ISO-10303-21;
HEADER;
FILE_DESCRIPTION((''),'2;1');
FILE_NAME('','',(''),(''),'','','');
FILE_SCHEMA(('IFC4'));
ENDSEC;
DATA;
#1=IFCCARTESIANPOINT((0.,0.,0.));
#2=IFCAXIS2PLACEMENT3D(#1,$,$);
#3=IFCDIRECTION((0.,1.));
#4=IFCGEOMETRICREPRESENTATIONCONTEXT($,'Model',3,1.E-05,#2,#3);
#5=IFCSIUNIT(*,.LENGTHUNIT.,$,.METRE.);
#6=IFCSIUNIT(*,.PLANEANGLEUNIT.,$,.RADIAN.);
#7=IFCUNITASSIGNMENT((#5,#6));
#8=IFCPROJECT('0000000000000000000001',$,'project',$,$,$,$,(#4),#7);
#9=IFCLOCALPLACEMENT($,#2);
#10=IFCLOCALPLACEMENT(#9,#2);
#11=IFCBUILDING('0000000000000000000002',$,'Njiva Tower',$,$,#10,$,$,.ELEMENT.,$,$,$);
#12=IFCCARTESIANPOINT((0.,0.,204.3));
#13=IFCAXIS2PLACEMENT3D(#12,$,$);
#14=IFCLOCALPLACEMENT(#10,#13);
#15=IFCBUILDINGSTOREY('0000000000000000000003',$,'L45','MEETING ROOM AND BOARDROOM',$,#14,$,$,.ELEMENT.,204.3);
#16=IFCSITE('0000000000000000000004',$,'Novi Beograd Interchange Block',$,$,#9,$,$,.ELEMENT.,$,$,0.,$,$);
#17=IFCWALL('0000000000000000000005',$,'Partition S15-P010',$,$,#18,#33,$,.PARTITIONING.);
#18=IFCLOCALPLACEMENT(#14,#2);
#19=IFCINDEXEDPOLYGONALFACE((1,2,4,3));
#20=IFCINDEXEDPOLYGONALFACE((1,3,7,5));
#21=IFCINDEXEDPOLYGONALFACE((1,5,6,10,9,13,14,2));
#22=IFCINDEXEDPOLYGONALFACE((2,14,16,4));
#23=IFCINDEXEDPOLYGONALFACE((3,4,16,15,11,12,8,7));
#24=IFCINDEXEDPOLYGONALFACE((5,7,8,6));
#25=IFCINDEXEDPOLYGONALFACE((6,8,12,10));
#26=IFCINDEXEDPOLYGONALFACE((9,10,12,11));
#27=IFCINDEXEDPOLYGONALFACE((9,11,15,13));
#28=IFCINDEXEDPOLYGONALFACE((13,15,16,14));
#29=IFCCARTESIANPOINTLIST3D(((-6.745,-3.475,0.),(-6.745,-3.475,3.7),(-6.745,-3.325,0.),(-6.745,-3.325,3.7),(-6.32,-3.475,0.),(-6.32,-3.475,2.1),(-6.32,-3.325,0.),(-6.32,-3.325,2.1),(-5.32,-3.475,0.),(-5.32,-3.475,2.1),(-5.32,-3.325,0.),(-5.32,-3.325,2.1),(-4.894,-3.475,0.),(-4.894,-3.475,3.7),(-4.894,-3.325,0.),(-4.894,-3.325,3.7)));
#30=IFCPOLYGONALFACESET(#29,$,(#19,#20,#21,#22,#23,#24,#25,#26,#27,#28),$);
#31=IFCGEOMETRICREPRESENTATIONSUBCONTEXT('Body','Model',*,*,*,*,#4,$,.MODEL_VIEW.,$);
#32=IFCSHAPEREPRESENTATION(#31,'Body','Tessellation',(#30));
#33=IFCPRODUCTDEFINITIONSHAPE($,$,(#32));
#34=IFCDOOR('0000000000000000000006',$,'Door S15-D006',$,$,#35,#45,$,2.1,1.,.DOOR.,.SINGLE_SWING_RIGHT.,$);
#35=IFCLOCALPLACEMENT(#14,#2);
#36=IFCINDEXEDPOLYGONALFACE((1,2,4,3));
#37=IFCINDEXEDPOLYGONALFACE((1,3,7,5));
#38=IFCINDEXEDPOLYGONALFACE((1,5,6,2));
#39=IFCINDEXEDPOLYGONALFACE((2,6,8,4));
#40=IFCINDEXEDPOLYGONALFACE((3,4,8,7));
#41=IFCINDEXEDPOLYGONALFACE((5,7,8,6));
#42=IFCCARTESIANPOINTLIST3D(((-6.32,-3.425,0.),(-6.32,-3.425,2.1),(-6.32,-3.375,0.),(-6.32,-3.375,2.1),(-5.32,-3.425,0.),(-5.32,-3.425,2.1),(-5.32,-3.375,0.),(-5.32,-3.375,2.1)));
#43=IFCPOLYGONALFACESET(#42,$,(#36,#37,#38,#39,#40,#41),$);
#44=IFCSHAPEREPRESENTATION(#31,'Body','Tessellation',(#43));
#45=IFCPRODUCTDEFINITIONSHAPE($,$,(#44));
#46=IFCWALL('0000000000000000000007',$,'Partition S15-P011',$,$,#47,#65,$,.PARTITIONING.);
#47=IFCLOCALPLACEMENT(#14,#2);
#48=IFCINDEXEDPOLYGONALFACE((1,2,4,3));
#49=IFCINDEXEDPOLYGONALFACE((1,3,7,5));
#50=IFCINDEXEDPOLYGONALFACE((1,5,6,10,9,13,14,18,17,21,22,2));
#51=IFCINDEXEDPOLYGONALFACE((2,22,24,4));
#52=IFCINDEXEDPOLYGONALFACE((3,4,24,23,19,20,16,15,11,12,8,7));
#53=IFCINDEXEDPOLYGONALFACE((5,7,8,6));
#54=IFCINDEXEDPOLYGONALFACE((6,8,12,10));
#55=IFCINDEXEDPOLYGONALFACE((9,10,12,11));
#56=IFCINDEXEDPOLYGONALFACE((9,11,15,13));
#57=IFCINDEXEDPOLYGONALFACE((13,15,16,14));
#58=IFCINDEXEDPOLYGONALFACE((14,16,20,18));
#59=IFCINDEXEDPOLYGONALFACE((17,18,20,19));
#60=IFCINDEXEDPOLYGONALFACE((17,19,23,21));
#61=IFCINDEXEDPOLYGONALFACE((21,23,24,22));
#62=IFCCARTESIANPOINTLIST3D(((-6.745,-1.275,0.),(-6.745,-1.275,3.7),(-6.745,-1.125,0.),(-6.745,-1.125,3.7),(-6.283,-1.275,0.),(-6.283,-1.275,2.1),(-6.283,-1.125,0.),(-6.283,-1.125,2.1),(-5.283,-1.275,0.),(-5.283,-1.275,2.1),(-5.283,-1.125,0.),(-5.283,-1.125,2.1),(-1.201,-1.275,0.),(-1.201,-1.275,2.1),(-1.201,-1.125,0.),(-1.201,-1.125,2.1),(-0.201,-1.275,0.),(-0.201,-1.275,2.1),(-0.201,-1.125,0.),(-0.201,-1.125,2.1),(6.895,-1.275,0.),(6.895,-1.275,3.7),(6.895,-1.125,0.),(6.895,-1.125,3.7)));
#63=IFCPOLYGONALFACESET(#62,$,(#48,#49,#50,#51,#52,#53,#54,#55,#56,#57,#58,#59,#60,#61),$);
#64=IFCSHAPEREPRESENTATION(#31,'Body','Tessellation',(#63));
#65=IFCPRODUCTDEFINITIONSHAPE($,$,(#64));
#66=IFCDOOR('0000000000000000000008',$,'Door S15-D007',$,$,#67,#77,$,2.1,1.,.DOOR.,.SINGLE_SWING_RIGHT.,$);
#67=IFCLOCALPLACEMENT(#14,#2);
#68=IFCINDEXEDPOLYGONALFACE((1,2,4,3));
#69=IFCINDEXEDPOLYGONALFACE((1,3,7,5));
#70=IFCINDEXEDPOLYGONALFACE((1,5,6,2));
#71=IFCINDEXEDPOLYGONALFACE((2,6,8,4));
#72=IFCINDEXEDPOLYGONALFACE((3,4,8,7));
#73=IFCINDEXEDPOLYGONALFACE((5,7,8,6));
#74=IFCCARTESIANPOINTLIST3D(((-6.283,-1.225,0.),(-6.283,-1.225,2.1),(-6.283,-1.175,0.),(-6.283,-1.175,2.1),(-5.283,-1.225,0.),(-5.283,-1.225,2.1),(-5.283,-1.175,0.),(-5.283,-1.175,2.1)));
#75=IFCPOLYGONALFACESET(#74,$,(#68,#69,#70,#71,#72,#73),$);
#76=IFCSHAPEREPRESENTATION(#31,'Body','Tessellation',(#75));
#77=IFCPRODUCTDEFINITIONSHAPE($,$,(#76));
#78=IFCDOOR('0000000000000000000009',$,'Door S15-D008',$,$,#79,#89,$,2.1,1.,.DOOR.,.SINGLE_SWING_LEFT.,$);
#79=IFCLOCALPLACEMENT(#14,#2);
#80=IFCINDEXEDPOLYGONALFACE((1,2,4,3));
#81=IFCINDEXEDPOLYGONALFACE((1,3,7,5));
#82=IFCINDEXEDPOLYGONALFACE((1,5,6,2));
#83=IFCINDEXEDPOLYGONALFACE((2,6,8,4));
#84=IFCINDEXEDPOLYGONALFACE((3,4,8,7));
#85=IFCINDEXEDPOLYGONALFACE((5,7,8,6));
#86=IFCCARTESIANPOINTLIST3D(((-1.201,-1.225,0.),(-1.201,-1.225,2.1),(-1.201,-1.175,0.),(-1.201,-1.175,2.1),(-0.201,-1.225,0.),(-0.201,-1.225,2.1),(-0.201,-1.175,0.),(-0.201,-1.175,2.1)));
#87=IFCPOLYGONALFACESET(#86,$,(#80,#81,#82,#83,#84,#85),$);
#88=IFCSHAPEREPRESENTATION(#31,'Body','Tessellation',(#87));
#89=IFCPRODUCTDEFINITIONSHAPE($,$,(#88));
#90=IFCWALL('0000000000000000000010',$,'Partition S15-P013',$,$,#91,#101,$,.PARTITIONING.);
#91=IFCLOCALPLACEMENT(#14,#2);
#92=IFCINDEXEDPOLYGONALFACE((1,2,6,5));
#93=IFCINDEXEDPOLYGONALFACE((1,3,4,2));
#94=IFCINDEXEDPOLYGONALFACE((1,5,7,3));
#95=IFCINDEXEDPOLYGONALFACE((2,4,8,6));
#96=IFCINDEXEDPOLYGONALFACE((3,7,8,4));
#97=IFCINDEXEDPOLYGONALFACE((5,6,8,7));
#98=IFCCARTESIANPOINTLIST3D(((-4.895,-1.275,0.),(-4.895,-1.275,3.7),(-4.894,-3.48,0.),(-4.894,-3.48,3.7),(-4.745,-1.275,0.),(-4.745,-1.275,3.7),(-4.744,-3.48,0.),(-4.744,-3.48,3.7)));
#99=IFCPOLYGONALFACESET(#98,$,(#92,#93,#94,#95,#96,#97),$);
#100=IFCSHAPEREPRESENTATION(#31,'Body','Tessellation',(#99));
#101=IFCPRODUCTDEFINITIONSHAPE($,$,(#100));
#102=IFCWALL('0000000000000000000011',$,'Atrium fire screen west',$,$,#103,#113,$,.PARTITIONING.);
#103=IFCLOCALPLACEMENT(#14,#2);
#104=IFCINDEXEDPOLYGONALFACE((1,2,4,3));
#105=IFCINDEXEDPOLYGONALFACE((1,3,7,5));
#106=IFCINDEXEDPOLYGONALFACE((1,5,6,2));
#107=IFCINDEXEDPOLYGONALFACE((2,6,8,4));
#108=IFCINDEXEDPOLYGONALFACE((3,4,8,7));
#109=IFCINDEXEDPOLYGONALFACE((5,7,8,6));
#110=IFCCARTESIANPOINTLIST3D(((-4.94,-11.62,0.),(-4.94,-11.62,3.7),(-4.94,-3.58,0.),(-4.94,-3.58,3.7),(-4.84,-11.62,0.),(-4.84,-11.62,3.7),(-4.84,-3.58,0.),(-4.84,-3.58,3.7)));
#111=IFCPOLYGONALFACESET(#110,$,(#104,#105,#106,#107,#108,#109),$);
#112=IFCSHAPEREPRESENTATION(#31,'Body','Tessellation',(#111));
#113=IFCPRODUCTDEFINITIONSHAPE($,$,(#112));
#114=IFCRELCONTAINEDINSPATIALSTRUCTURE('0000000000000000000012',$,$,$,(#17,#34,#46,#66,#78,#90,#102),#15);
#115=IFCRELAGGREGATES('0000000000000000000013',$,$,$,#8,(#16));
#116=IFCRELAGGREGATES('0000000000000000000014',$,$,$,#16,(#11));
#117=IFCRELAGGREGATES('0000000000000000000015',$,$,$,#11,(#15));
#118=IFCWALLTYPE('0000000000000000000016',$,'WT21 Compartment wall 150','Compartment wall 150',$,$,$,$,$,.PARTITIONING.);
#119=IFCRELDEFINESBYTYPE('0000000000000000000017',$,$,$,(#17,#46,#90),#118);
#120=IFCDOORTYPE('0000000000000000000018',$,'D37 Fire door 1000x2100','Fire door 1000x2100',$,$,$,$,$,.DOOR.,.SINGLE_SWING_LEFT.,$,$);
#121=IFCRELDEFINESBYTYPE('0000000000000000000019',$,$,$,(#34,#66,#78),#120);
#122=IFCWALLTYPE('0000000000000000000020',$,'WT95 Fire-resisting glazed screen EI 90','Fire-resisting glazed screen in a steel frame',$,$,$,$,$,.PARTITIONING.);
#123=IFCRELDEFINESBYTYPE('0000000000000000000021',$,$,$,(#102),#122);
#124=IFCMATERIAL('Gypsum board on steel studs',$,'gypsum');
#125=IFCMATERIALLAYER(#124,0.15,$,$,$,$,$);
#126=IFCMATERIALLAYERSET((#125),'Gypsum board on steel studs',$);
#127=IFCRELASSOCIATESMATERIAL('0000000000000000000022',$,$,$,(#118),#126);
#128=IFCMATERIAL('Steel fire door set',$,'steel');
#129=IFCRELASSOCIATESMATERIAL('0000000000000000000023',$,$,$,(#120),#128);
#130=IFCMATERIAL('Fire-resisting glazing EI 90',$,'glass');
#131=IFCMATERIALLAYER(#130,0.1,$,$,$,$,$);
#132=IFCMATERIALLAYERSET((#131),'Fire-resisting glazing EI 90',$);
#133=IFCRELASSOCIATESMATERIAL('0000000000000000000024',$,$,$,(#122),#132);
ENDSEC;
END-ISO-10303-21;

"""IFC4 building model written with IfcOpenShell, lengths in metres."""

from ifc_helpers import new_model, si_unit, direction, frame, frame_2d, origin, place, context, subcontext, project, spatial, rectangle, extrude, material, layer, layer_set, type_object, element, fill, save


model = new_model("IFC4")

# Units and contexts
model_context = context("Model", 3, precision=1e-05, world=origin(), true_north=direction((0.0, 1.0)))
body_context = subcontext(model_context, "Body", "Model", "MODEL_VIEW")
ifc_project = project(units=[si_unit("LENGTHUNIT", "METRE"), si_unit("PLANEANGLEUNIT", "RADIAN")], contexts=[model_context])

# Site, building, storey
site_placement = place(None, origin())
site = spatial("IfcSite", under=ifc_project, at=site_placement, Name="Novi Beograd Interchange Block", CompositionType="ELEMENT", RefElevation=0.0)
building_placement = place(site_placement, origin())
building = spatial("IfcBuilding", under=site, at=building_placement, Name="Njiva Tower", CompositionType="ELEMENT")
storey_placement = place(building_placement, frame((0.0, 0.0, 204.3)))
storey = spatial("IfcBuildingStorey", under=building, at=storey_placement, Name="L45", Description="MEETING ROOM AND BOARDROOM", CompositionType="ELEMENT", Elevation=204.3)

# Shared definitions
ifc_material_1 = material(Name="Gypsum board on steel studs", Category="gypsum")
ifc_layer_1 = layer(ifc_material_1, 0.15)
ifc_layer_set_1 = layer_set([ifc_layer_1], Name="Gypsum board on steel studs")
wall_type_1 = type_object("IfcWallType", Name="WT21 Compartment wall 150", Description="Compartment wall 150", PredefinedType="PARTITIONING", material=ifc_layer_set_1)

# Wall, opening, door
wall_1_placement = place(storey_placement, frame((-6.745, -3.4, 0.0), z_axis=(0.0, 0.0, 1.0), x_axis=(1.0, 0.0, 0.0)))
wall_1 = element("IfcWall", 1, at=wall_1_placement, inside=storey, type_object=wall_type_1, Name="Partition S15-P010", PredefinedType="PARTITIONING", context=body_context, shape_type="SweptSolid", body=[
    extrude(rectangle(XDim=1.851, YDim=0.15, at=frame_2d((0.9255, 0.0))), origin(), (0.0, 0.0, 1.0), 3.7),
])
opening_1_placement = place(wall_1_placement, frame((0.425, 0.0, 0.0)))
opening_1 = element("IfcOpeningElement", 2, at=opening_1_placement, cuts=wall_1, PredefinedType="OPENING", context=body_context, shape_type="SweptSolid", body=[
    extrude(rectangle(XDim=1.0, YDim=2.1, at=frame_2d((0.5, 1.05))), frame((0.0, 0.085, 0.0), z_axis=(0.0, -1.0, 0.0), x_axis=(1.0, 0.0, 0.0)), (0.0, 0.0, 1.0), 0.17),
])
ifc_material_2 = material(Name="Steel fire door set", Category="steel")
door_type = type_object("IfcDoorType", Name="D37 Fire door 1000x2100", Description="Fire door 1000x2100", OperationType="SINGLE_SWING_LEFT", PredefinedType="DOOR", material=ifc_material_2)
door_1_placement = place(opening_1_placement, origin())
door_1 = element("IfcDoor", 3, at=door_1_placement, inside=storey, type_object=door_type, Name="Door S15-D006", OperationType="SINGLE_SWING_RIGHT", OverallHeight=2.1, OverallWidth=1.0, PredefinedType="DOOR", context=body_context, shape_type="SweptSolid", body=[
    extrude(rectangle(XDim=1.0, YDim=2.1, at=frame_2d((0.5, 1.05))), frame((0.0, 0.025, 0.0), z_axis=(0.0, -1.0, 0.0), x_axis=(1.0, 0.0, 0.0)), (0.0, 0.0, 1.0), 0.05),
])
fill(opening_1, door_1)

# Wall, openings, doors
wall_2_placement = place(storey_placement, frame((-6.745, -1.2, 0.0), z_axis=(0.0, 0.0, 1.0), x_axis=(1.0, 0.0, 0.0)))
wall_2 = element("IfcWall", 4, at=wall_2_placement, inside=storey, type_object=wall_type_1, Name="Partition S15-P011", PredefinedType="PARTITIONING", context=body_context, shape_type="SweptSolid", body=[
    extrude(rectangle(XDim=13.64, YDim=0.15, at=frame_2d((6.82, 0.0))), origin(), (0.0, 0.0, 1.0), 3.7),
])
opening_2_placement = place(wall_2_placement, frame((0.462, 0.0, 0.0)))
opening_2 = element("IfcOpeningElement", 5, at=opening_2_placement, cuts=wall_2, PredefinedType="OPENING", context=body_context, shape_type="SweptSolid", body=[
    extrude(rectangle(XDim=1.0, YDim=2.1, at=frame_2d((0.5, 1.05))), frame((0.0, 0.085, 0.0), z_axis=(0.0, -1.0, 0.0), x_axis=(1.0, 0.0, 0.0)), (0.0, 0.0, 1.0), 0.17),
])
opening_3_placement = place(wall_2_placement, frame((5.544, 0.0, 0.0)))
opening_3 = element("IfcOpeningElement", 6, at=opening_3_placement, cuts=wall_2, PredefinedType="OPENING", context=body_context, shape_type="SweptSolid", body=[
    extrude(rectangle(XDim=1.0, YDim=2.1, at=frame_2d((0.5, 1.05))), frame((0.0, 0.085, 0.0), z_axis=(0.0, -1.0, 0.0), x_axis=(1.0, 0.0, 0.0)), (0.0, 0.0, 1.0), 0.17),
])
door_2_placement = place(opening_2_placement, origin())
door_2 = element("IfcDoor", 7, at=door_2_placement, inside=storey, type_object=door_type, Name="Door S15-D007", OperationType="SINGLE_SWING_RIGHT", OverallHeight=2.1, OverallWidth=1.0, PredefinedType="DOOR", context=body_context, shape_type="SweptSolid", body=[
    extrude(rectangle(XDim=1.0, YDim=2.1, at=frame_2d((0.5, 1.05))), frame((0.0, 0.025, 0.0), z_axis=(0.0, -1.0, 0.0), x_axis=(1.0, 0.0, 0.0)), (0.0, 0.0, 1.0), 0.05),
])
fill(opening_2, door_2)
door_3_placement = place(opening_3_placement, origin())
door_3 = element("IfcDoor", 8, at=door_3_placement, inside=storey, type_object=door_type, Name="Door S15-D008", OperationType="SINGLE_SWING_LEFT", OverallHeight=2.1, OverallWidth=1.0, PredefinedType="DOOR", context=body_context, shape_type="SweptSolid", body=[
    extrude(rectangle(XDim=1.0, YDim=2.1, at=frame_2d((0.5, 1.05))), frame((0.0, 0.025, 0.0), z_axis=(0.0, -1.0, 0.0), x_axis=(1.0, 0.0, 0.0)), (0.0, 0.0, 1.0), 0.05),
])
fill(opening_3, door_3)

# Walls
wall_3_placement = place(storey_placement, frame((-4.819, -3.48, 0.0), z_axis=(0.0, 0.0, 1.0), x_axis=(-0.000454, 1.0, 0.0)))
element("IfcWall", 9, at=wall_3_placement, inside=storey, type_object=wall_type_1, Name="Partition S15-P013", PredefinedType="PARTITIONING", context=body_context, shape_type="SweptSolid", body=[
    extrude(rectangle(XDim=2.205, YDim=0.15, at=frame_2d((1.1025, 0.0))), origin(), (0.0, 0.0, 1.0), 3.7),
])
ifc_material_3 = material(Name="Fire-resisting glazing EI 90", Category="glass")
ifc_layer_2 = layer(ifc_material_3, 0.1)
ifc_layer_set_2 = layer_set([ifc_layer_2], Name="Fire-resisting glazing EI 90")
wall_type_2 = type_object("IfcWallType", Name="WT95 Fire-resisting glazed screen EI 90", Description="Fire-resisting glazed screen in a steel frame", PredefinedType="PARTITIONING", material=ifc_layer_set_2)
wall_4_placement = place(storey_placement, frame((-4.89, -3.58, 0.0), z_axis=(0.0, 0.0, 1.0), x_axis=(0.0, -1.0, 0.0)))
element("IfcWall", 10, at=wall_4_placement, inside=storey, type_object=wall_type_2, Name="Atrium fire screen west", PredefinedType="PARTITIONING", context=body_context, shape_type="SweptSolid", body=[
    extrude(rectangle(XDim=8.04, YDim=0.1, at=frame_2d((4.02, 0.0))), origin(), (0.0, 0.0, 1.0), 3.7),
])

save(model, "model.ifc")
